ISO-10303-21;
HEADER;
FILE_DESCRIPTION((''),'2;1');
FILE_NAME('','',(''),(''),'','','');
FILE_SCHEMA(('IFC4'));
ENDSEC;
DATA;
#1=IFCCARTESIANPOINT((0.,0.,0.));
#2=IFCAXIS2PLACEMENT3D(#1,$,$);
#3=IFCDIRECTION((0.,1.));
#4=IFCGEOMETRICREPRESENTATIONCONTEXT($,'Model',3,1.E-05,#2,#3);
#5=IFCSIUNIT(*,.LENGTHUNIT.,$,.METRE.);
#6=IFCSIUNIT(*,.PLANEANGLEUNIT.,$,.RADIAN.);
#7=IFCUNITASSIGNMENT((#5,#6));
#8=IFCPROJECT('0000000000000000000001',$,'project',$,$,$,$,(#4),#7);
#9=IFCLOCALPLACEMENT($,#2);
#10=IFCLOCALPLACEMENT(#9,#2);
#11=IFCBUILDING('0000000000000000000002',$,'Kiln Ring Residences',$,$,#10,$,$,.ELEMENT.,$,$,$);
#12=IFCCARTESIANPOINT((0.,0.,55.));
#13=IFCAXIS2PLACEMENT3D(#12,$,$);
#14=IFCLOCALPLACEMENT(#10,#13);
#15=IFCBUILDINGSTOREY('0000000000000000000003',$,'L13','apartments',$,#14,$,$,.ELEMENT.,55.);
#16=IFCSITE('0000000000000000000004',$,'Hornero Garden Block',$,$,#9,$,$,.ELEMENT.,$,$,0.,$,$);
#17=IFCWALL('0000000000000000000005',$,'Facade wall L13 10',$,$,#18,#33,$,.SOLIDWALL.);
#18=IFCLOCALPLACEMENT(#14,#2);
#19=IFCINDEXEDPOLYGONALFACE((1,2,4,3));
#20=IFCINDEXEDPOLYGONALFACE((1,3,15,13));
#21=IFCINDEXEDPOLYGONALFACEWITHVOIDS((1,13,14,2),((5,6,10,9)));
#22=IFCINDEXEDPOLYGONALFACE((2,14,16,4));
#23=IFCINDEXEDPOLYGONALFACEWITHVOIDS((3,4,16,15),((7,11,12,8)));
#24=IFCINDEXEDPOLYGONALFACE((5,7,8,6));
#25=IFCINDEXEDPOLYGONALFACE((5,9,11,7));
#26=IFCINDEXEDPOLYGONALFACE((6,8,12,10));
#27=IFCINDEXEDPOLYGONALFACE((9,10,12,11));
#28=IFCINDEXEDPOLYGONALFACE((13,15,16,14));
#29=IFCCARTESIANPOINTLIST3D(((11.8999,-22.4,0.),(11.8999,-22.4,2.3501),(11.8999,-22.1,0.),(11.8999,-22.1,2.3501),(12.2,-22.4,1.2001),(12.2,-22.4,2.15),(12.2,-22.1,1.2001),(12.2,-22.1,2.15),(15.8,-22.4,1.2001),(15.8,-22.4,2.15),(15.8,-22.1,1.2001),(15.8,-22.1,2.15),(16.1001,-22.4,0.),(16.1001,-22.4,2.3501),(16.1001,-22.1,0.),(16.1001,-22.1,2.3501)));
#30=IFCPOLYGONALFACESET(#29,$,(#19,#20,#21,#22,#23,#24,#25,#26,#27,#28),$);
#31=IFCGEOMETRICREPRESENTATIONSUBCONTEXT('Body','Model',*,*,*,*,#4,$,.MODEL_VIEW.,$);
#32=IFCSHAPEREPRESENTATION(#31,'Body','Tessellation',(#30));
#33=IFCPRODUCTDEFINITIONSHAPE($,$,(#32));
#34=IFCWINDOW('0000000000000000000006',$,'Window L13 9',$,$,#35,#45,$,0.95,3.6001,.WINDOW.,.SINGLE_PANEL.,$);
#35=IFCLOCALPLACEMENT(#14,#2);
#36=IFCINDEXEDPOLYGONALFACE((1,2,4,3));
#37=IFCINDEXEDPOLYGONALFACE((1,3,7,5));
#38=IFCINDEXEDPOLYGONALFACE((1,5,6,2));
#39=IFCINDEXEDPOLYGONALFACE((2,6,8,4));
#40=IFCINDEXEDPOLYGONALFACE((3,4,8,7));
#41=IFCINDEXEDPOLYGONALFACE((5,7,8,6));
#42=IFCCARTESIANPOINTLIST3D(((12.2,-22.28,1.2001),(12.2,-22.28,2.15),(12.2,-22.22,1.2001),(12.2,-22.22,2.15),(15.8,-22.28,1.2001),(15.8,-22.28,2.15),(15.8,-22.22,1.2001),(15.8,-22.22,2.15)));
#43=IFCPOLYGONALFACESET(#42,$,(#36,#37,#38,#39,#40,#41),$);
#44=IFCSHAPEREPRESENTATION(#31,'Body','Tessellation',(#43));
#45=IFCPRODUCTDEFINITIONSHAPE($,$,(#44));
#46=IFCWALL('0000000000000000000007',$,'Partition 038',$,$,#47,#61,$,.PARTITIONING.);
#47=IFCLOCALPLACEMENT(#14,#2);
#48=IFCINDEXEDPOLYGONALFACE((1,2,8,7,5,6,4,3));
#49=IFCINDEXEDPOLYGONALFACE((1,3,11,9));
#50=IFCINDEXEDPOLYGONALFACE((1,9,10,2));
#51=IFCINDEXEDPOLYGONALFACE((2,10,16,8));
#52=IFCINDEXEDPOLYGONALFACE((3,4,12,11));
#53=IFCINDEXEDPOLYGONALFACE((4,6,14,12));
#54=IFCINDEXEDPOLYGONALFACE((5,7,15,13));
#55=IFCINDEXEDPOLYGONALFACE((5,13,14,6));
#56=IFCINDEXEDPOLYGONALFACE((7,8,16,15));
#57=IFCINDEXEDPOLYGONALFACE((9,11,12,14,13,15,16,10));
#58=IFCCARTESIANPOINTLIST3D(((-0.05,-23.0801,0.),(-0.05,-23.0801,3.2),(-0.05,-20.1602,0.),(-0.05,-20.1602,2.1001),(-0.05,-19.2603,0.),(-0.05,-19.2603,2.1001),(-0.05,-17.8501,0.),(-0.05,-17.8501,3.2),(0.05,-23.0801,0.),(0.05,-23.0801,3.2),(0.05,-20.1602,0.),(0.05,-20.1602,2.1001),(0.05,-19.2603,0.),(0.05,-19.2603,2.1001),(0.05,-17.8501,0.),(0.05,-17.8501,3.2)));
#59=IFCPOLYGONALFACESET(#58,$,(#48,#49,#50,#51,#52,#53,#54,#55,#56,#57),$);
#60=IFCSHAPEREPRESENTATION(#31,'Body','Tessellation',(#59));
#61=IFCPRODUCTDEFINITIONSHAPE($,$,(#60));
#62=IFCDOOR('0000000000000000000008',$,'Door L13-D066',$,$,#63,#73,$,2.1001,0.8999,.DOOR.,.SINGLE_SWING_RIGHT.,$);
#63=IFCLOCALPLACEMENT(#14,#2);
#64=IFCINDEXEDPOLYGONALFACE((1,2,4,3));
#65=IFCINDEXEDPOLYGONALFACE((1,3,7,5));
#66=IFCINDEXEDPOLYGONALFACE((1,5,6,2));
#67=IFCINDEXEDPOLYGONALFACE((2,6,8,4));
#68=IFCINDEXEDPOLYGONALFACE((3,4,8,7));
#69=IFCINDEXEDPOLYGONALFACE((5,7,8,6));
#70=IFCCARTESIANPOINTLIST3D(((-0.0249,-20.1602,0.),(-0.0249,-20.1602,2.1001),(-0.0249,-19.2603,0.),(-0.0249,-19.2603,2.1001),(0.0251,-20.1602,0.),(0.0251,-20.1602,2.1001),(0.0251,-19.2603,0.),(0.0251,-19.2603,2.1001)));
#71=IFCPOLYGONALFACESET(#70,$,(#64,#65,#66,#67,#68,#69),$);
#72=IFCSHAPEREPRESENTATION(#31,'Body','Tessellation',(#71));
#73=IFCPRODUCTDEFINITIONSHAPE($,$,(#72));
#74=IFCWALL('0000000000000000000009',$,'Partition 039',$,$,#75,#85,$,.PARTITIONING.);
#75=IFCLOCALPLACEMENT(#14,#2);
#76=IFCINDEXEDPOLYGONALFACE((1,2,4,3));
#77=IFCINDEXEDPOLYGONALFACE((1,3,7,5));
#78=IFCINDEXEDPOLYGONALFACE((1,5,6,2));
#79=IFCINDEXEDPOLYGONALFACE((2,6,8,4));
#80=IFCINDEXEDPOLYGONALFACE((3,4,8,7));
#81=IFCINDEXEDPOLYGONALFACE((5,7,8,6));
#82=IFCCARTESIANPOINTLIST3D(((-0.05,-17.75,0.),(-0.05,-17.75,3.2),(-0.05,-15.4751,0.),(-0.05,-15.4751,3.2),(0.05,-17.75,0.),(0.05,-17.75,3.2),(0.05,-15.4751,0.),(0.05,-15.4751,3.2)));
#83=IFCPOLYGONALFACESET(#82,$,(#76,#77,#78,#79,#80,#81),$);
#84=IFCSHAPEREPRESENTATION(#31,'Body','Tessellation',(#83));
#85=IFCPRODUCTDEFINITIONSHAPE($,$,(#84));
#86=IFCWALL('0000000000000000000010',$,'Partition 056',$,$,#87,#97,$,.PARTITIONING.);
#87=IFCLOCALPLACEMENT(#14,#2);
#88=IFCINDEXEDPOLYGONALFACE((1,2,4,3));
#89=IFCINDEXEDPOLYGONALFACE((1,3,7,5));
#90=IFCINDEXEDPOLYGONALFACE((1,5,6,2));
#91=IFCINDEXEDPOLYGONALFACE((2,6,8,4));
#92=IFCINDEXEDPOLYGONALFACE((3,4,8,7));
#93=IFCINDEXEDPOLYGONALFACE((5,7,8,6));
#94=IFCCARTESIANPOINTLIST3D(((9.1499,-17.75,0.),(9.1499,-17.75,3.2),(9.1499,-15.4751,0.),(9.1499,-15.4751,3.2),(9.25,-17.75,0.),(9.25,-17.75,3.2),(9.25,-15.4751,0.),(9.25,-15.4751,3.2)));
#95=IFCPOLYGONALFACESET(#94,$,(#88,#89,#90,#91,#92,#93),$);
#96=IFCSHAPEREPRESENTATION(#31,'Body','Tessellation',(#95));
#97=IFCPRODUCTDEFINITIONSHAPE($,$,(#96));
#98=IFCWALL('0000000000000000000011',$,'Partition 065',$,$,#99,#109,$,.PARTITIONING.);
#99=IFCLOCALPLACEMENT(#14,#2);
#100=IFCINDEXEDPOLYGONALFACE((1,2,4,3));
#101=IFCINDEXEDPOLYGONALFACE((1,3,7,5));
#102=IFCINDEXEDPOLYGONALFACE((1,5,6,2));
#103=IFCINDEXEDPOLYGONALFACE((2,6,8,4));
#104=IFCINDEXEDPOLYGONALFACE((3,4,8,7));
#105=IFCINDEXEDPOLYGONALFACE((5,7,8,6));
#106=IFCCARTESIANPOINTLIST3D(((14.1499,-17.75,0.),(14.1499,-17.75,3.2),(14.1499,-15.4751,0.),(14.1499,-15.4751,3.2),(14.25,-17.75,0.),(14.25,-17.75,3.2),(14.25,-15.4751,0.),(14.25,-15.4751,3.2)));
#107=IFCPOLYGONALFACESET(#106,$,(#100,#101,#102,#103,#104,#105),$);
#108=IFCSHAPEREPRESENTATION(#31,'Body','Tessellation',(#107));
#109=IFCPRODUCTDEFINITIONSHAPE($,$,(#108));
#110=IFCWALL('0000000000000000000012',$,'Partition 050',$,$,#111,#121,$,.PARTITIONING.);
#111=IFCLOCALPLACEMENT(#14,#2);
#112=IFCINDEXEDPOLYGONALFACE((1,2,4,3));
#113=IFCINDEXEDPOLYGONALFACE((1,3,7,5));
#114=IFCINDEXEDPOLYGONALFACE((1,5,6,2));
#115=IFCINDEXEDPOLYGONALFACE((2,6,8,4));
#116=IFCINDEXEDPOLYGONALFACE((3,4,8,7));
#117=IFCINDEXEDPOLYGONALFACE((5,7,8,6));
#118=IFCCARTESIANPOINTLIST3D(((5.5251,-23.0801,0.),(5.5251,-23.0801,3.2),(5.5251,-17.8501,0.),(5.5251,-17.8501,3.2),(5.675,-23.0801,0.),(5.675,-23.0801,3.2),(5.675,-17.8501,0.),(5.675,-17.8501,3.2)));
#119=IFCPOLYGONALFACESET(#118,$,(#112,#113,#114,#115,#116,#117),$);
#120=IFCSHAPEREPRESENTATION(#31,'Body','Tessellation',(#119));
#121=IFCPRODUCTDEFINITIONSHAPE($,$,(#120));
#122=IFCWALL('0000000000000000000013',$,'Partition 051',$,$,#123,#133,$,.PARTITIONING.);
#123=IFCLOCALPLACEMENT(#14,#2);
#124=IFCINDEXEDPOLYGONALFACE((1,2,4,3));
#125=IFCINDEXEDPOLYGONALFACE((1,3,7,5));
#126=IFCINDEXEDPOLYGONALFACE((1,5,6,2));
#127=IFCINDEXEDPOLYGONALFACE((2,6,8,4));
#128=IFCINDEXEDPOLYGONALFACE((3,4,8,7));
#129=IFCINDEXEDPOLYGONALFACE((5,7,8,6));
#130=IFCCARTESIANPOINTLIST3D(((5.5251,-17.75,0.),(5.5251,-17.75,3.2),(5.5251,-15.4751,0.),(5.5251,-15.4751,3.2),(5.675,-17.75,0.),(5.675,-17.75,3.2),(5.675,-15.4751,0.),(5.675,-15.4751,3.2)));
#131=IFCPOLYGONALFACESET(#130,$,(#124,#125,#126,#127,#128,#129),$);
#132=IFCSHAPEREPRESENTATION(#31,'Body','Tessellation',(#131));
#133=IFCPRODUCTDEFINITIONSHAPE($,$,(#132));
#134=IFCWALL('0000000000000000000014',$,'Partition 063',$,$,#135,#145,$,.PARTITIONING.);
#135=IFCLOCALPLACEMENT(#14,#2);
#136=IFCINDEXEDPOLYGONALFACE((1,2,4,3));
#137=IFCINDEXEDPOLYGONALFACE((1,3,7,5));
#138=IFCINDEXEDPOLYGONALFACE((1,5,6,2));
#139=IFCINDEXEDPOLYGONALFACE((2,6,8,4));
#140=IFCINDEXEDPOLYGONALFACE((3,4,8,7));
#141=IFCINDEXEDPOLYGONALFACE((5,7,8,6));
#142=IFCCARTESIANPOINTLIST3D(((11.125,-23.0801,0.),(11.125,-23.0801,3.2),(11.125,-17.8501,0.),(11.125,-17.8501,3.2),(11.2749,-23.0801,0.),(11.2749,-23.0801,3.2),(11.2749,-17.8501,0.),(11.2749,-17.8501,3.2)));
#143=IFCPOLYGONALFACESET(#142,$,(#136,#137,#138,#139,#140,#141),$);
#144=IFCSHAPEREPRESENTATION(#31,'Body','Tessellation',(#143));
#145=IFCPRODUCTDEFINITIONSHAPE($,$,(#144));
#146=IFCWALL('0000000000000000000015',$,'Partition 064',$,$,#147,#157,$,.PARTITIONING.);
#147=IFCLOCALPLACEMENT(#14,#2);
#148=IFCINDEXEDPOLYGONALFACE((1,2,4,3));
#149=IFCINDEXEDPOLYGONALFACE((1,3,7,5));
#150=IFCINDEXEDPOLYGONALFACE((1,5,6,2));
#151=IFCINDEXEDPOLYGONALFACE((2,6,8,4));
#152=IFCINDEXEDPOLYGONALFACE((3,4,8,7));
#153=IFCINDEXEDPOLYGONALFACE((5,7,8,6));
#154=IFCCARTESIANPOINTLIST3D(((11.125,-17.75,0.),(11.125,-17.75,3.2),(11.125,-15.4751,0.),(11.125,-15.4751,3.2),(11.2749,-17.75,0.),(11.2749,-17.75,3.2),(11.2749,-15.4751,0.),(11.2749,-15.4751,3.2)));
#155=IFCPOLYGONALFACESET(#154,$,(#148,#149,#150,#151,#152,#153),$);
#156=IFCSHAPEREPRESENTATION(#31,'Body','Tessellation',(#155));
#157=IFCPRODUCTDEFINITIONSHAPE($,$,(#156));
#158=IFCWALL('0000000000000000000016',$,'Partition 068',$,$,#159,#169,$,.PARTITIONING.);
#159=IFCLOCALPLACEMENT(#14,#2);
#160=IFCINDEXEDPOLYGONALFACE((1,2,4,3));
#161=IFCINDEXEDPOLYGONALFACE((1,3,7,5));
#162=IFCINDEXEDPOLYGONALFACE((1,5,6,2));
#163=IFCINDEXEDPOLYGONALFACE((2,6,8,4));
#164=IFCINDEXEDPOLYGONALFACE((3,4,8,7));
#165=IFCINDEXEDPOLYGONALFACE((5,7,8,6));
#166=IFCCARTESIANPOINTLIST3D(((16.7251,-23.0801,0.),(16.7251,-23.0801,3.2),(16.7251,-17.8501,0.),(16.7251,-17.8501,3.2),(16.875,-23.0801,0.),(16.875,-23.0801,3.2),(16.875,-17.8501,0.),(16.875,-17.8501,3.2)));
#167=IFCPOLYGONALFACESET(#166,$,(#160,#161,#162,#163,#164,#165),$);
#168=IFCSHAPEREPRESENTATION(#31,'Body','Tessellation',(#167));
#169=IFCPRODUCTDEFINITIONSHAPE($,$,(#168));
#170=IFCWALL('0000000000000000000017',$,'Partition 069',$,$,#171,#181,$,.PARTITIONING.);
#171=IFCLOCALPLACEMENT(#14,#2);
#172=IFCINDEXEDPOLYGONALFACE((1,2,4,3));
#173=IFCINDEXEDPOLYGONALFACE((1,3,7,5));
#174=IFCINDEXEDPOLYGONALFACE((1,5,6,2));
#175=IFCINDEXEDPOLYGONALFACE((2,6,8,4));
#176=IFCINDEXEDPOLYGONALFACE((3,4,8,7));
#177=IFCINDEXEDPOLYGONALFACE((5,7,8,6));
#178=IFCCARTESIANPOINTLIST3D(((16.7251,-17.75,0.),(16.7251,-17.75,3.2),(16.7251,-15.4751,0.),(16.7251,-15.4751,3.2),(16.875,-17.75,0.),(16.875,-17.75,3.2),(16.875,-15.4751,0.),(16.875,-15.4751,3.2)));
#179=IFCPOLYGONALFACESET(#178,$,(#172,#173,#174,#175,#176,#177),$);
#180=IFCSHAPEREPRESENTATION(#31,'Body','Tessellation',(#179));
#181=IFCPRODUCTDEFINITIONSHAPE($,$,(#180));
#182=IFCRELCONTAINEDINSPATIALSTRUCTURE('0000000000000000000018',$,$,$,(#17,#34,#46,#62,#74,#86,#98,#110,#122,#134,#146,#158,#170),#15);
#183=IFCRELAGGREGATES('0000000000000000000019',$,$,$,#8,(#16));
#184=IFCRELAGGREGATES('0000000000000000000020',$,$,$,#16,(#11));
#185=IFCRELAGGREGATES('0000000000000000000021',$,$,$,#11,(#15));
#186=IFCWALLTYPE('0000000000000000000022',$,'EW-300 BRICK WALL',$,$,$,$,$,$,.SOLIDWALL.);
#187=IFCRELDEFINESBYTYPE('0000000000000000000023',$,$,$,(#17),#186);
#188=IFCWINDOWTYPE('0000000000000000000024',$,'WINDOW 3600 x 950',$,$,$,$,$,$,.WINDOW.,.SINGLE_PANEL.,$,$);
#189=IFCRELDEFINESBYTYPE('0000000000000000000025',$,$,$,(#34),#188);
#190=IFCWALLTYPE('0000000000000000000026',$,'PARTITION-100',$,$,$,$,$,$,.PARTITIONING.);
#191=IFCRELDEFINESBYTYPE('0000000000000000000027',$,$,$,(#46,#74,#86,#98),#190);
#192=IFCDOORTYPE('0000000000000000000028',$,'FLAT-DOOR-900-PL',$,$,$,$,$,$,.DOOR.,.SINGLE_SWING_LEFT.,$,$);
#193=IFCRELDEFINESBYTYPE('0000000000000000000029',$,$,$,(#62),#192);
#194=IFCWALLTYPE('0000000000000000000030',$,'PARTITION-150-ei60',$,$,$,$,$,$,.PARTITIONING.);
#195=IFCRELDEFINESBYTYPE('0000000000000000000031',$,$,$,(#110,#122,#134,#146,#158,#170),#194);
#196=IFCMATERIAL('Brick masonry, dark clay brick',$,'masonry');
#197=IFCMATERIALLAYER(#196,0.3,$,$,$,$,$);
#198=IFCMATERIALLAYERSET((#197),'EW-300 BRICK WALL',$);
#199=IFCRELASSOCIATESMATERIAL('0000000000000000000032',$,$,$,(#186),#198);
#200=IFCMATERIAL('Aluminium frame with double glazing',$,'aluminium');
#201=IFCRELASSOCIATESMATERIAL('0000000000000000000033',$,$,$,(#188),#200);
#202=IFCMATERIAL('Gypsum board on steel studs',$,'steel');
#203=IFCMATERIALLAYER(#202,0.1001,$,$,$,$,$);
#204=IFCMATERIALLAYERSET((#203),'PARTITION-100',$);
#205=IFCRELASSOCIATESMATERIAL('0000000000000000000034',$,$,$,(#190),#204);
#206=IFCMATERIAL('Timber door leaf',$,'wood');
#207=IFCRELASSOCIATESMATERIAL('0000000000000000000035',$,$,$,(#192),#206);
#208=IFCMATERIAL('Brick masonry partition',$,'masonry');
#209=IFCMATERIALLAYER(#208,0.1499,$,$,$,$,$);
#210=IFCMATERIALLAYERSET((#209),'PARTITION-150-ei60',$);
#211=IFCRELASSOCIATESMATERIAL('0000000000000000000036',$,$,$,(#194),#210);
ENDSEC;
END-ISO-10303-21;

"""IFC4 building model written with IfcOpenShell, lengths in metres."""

from ifc_helpers import new_model, si_unit, direction, frame, frame_2d, origin, place, context, subcontext, project, spatial, rectangle, extrude, material, layer, layer_set, type_object, element, fill, save


model = new_model("IFC4")

# Units and contexts
model_context = context("Model", 3, precision=1e-05, world=origin(), true_north=direction((0.0, 1.0)))
body_context = subcontext(model_context, "Body", "Model", "MODEL_VIEW")
ifc_project = project(units=[si_unit("LENGTHUNIT", "METRE"), si_unit("PLANEANGLEUNIT", "RADIAN")], contexts=[model_context])

# Site, building, storey
site_placement = place(None, origin())
site = spatial("IfcSite", under=ifc_project, at=site_placement, Name="Hornero Garden Block", CompositionType="ELEMENT", RefElevation=0.0)
building_placement = place(site_placement, origin())
building = spatial("IfcBuilding", under=site, at=building_placement, Name="Kiln Ring Residences", CompositionType="ELEMENT")
storey_placement = place(building_placement, frame((0.0, 0.0, 55.0)))
storey = spatial("IfcBuildingStorey", under=building, at=storey_placement, Name="L13", Description="apartments", CompositionType="ELEMENT", Elevation=55.0)

# Wall, opening, window
ifc_material_1 = material(Name="Brick masonry, dark clay brick", Category="masonry")
ifc_layer_1 = layer(ifc_material_1, 0.3)
ifc_layer_set_1 = layer_set([ifc_layer_1], Name="EW-300 BRICK WALL")
wall_type_1 = type_object("IfcWallType", Name="EW-300 BRICK WALL", PredefinedType="SOLIDWALL", material=ifc_layer_set_1)
ifc_material_2 = material(Name="Aluminium frame with double glazing", Category="aluminium")
window_type = type_object("IfcWindowType", Name="WINDOW 3600 x 950", PartitioningType="SINGLE_PANEL", PredefinedType="WINDOW", material=ifc_material_2)
wall_1_placement = place(storey_placement, frame((11.8999, -22.25, 0.0), z_axis=(0.0, 0.0, 1.0), x_axis=(1.0, 0.0, 0.0)))
wall_1 = element("IfcWall", 1, at=wall_1_placement, inside=storey, type_object=wall_type_1, Name="Facade wall L13 10", PredefinedType="SOLIDWALL", context=body_context, shape_type="SweptSolid", body=[
    extrude(rectangle(XDim=4.2002, YDim=0.3, at=frame_2d((2.1001, 0.0))), origin(), (0.0, 0.0, 1.0), 2.3501),
])
opening_1_placement = place(wall_1_placement, frame((0.3, 0.0, 1.2)))
opening_1 = element("IfcOpeningElement", 2, at=opening_1_placement, cuts=wall_1, PredefinedType="OPENING", context=body_context, shape_type="SweptSolid", body=[
    extrude(rectangle(XDim=3.6001, YDim=0.95, at=frame_2d((1.8, 0.4751))), frame((0.0, 0.1599, 0.0), z_axis=(0.0, -1.0, 0.0), x_axis=(1.0, 0.0, 0.0)), (0.0, 0.0, 1.0), 0.3201),
])
window_1_placement = place(opening_1_placement, origin())
window_1 = element("IfcWindow", 3, at=window_1_placement, inside=storey, type_object=window_type, Name="Window L13 9", OverallHeight=0.95, OverallWidth=3.6001, PartitioningType="SINGLE_PANEL", PredefinedType="WINDOW", context=body_context, shape_type="SweptSolid", body=[
    extrude(rectangle(XDim=3.6001, YDim=0.95, at=frame_2d((1.8, 0.4751))), frame((0.0, 0.03, 0.0), z_axis=(0.0, -1.0, 0.0), x_axis=(1.0, 0.0, 0.0)), (0.0, 0.0, 1.0), 0.0601),
])
fill(opening_1, window_1)

# Wall, opening, door
ifc_material_3 = material(Name="Gypsum board on steel studs", Category="steel")
ifc_layer_2 = layer(ifc_material_3, 0.1001)
ifc_layer_set_2 = layer_set([ifc_layer_2], Name="PARTITION-100")
wall_type_2 = type_object("IfcWallType", Name="PARTITION-100", PredefinedType="PARTITIONING", material=ifc_layer_set_2)
wall_2_placement = place(storey_placement, frame((0.0, -23.0801, 0.0), z_axis=(0.0, 0.0, 1.0), x_axis=(0.0, 1.0, 0.0)))
wall_2 = element("IfcWall", 4, at=wall_2_placement, inside=storey, type_object=wall_type_2, Name="Partition 038", PredefinedType="PARTITIONING", context=body_context, shape_type="SweptSolid", body=[
    extrude(rectangle(XDim=5.23, YDim=0.1001, at=frame_2d((2.615, 0.0))), origin(), (0.0, 0.0, 1.0), 3.2),
])
opening_2_placement = place(wall_2_placement, frame((2.9199, 0.0, 0.0)))
opening_2 = element("IfcOpeningElement", 5, at=opening_2_placement, cuts=wall_2, PredefinedType="OPENING", context=body_context, shape_type="SweptSolid", body=[
    extrude(rectangle(XDim=0.8999, YDim=2.1001, at=frame_2d((0.45, 1.05))), frame((0.0, 0.0601, 0.0), z_axis=(0.0, -1.0, 0.0), x_axis=(1.0, 0.0, 0.0)), (0.0, 0.0, 1.0), 0.1201),
])
ifc_material_4 = material(Name="Timber door leaf", Category="wood")
door_type = type_object("IfcDoorType", Name="FLAT-DOOR-900-PL", OperationType="SINGLE_SWING_LEFT", PredefinedType="DOOR", material=ifc_material_4)
door_placement = place(opening_2_placement, origin())
door = element("IfcDoor", 6, at=door_placement, inside=storey, type_object=door_type, Name="Door L13-D066", OperationType="SINGLE_SWING_RIGHT", OverallHeight=2.1001, OverallWidth=0.8999, PredefinedType="DOOR", context=body_context, shape_type="SweptSolid", body=[
    extrude(rectangle(XDim=0.8999, YDim=2.1001, at=frame_2d((0.45, 1.05))), frame((0.0, 0.0249, 0.0), z_axis=(0.0, -1.0, 0.0), x_axis=(1.0, 0.0, 0.0)), (0.0, 0.0, 1.0), 0.05),
])
fill(opening_2, door)

# Walls
for number, where, z_axis, x_axis, name in (
    (7, (0.0, -17.75, 0.0), (0.0, 0.0, 1.0), (0.0, 1.0, 0.0), "Partition 039"),
    (8, (9.2, -17.75, 0.0), (0.0, 0.0, 1.0), (0.0, 1.0, 0.0), "Partition 056"),
    (9, (14.2, -17.75, 0.0), (0.0, 0.0, 1.0), (0.0, 1.0, 0.0), "Partition 065"),
):
    element("IfcWall", number, at=place(storey_placement, frame(where, z_axis=z_axis, x_axis=x_axis)), inside=storey, type_object=wall_type_2, Name=name, PredefinedType="PARTITIONING", context=body_context, shape_type="SweptSolid", body=[
        extrude(rectangle(XDim=2.2749, YDim=0.1001, at=frame_2d((1.1375, 0.0))), origin(), (0.0, 0.0, 1.0), 3.2),
    ])
ifc_material_5 = material(Name="Brick masonry partition", Category="masonry")
ifc_layer_3 = layer(ifc_material_5, 0.1499)
ifc_layer_set_3 = layer_set([ifc_layer_3], Name="PARTITION-150-ei60")
wall_type_3 = type_object("IfcWallType", Name="PARTITION-150-ei60", PredefinedType="PARTITIONING", material=ifc_layer_set_3)
wall_3_placement = place(storey_placement, frame((5.6001, -23.0801, 0.0), z_axis=(0.0, 0.0, 1.0), x_axis=(0.0, 1.0, 0.0)))
element("IfcWall", 10, at=wall_3_placement, inside=storey, type_object=wall_type_3, Name="Partition 050", PredefinedType="PARTITIONING", context=body_context, shape_type="SweptSolid", body=[
    extrude(rectangle(XDim=5.23, YDim=0.1499, at=frame_2d((2.615, 0.0))), origin(), (0.0, 0.0, 1.0), 3.2),
])
wall_4_placement = place(storey_placement, frame((5.6001, -17.75, 0.0), z_axis=(0.0, 0.0, 1.0), x_axis=(0.0, 1.0, 0.0)))
element("IfcWall", 11, at=wall_4_placement, inside=storey, type_object=wall_type_3, Name="Partition 051", PredefinedType="PARTITIONING", context=body_context, shape_type="SweptSolid", body=[
    extrude(rectangle(XDim=2.2749, YDim=0.1499, at=frame_2d((1.1375, 0.0))), origin(), (0.0, 0.0, 1.0), 3.2),
])
wall_5_placement = place(storey_placement, frame((11.2, -23.0801, 0.0), z_axis=(0.0, 0.0, 1.0), x_axis=(0.0, 1.0, 0.0)))
element("IfcWall", 12, at=wall_5_placement, inside=storey, type_object=wall_type_3, Name="Partition 063", PredefinedType="PARTITIONING", context=body_context, shape_type="SweptSolid", body=[
    extrude(rectangle(XDim=5.23, YDim=0.1499, at=frame_2d((2.615, 0.0))), origin(), (0.0, 0.0, 1.0), 3.2),
])
wall_6_placement = place(storey_placement, frame((11.2, -17.75, 0.0), z_axis=(0.0, 0.0, 1.0), x_axis=(0.0, 1.0, 0.0)))
element("IfcWall", 13, at=wall_6_placement, inside=storey, type_object=wall_type_3, Name="Partition 064", PredefinedType="PARTITIONING", context=body_context, shape_type="SweptSolid", body=[
    extrude(rectangle(XDim=2.2749, YDim=0.1499, at=frame_2d((1.1375, 0.0))), origin(), (0.0, 0.0, 1.0), 3.2),
])
wall_7_placement = place(storey_placement, frame((16.8, -23.0801, 0.0), z_axis=(0.0, 0.0, 1.0), x_axis=(0.0, 1.0, 0.0)))
element("IfcWall", 14, at=wall_7_placement, inside=storey, type_object=wall_type_3, Name="Partition 068", PredefinedType="PARTITIONING", context=body_context, shape_type="SweptSolid", body=[
    extrude(rectangle(XDim=5.23, YDim=0.1499, at=frame_2d((2.615, 0.0))), origin(), (0.0, 0.0, 1.0), 3.2),
])
wall_8_placement = place(storey_placement, frame((16.8, -17.75, 0.0), z_axis=(0.0, 0.0, 1.0), x_axis=(0.0, 1.0, 0.0)))
element("IfcWall", 15, at=wall_8_placement, inside=storey, type_object=wall_type_3, Name="Partition 069", PredefinedType="PARTITIONING", context=body_context, shape_type="SweptSolid", body=[
    extrude(rectangle(XDim=2.2749, YDim=0.1499, at=frame_2d((1.1375, 0.0))), origin(), (0.0, 0.0, 1.0), 3.2),
])

save(model, "model.ifc")
